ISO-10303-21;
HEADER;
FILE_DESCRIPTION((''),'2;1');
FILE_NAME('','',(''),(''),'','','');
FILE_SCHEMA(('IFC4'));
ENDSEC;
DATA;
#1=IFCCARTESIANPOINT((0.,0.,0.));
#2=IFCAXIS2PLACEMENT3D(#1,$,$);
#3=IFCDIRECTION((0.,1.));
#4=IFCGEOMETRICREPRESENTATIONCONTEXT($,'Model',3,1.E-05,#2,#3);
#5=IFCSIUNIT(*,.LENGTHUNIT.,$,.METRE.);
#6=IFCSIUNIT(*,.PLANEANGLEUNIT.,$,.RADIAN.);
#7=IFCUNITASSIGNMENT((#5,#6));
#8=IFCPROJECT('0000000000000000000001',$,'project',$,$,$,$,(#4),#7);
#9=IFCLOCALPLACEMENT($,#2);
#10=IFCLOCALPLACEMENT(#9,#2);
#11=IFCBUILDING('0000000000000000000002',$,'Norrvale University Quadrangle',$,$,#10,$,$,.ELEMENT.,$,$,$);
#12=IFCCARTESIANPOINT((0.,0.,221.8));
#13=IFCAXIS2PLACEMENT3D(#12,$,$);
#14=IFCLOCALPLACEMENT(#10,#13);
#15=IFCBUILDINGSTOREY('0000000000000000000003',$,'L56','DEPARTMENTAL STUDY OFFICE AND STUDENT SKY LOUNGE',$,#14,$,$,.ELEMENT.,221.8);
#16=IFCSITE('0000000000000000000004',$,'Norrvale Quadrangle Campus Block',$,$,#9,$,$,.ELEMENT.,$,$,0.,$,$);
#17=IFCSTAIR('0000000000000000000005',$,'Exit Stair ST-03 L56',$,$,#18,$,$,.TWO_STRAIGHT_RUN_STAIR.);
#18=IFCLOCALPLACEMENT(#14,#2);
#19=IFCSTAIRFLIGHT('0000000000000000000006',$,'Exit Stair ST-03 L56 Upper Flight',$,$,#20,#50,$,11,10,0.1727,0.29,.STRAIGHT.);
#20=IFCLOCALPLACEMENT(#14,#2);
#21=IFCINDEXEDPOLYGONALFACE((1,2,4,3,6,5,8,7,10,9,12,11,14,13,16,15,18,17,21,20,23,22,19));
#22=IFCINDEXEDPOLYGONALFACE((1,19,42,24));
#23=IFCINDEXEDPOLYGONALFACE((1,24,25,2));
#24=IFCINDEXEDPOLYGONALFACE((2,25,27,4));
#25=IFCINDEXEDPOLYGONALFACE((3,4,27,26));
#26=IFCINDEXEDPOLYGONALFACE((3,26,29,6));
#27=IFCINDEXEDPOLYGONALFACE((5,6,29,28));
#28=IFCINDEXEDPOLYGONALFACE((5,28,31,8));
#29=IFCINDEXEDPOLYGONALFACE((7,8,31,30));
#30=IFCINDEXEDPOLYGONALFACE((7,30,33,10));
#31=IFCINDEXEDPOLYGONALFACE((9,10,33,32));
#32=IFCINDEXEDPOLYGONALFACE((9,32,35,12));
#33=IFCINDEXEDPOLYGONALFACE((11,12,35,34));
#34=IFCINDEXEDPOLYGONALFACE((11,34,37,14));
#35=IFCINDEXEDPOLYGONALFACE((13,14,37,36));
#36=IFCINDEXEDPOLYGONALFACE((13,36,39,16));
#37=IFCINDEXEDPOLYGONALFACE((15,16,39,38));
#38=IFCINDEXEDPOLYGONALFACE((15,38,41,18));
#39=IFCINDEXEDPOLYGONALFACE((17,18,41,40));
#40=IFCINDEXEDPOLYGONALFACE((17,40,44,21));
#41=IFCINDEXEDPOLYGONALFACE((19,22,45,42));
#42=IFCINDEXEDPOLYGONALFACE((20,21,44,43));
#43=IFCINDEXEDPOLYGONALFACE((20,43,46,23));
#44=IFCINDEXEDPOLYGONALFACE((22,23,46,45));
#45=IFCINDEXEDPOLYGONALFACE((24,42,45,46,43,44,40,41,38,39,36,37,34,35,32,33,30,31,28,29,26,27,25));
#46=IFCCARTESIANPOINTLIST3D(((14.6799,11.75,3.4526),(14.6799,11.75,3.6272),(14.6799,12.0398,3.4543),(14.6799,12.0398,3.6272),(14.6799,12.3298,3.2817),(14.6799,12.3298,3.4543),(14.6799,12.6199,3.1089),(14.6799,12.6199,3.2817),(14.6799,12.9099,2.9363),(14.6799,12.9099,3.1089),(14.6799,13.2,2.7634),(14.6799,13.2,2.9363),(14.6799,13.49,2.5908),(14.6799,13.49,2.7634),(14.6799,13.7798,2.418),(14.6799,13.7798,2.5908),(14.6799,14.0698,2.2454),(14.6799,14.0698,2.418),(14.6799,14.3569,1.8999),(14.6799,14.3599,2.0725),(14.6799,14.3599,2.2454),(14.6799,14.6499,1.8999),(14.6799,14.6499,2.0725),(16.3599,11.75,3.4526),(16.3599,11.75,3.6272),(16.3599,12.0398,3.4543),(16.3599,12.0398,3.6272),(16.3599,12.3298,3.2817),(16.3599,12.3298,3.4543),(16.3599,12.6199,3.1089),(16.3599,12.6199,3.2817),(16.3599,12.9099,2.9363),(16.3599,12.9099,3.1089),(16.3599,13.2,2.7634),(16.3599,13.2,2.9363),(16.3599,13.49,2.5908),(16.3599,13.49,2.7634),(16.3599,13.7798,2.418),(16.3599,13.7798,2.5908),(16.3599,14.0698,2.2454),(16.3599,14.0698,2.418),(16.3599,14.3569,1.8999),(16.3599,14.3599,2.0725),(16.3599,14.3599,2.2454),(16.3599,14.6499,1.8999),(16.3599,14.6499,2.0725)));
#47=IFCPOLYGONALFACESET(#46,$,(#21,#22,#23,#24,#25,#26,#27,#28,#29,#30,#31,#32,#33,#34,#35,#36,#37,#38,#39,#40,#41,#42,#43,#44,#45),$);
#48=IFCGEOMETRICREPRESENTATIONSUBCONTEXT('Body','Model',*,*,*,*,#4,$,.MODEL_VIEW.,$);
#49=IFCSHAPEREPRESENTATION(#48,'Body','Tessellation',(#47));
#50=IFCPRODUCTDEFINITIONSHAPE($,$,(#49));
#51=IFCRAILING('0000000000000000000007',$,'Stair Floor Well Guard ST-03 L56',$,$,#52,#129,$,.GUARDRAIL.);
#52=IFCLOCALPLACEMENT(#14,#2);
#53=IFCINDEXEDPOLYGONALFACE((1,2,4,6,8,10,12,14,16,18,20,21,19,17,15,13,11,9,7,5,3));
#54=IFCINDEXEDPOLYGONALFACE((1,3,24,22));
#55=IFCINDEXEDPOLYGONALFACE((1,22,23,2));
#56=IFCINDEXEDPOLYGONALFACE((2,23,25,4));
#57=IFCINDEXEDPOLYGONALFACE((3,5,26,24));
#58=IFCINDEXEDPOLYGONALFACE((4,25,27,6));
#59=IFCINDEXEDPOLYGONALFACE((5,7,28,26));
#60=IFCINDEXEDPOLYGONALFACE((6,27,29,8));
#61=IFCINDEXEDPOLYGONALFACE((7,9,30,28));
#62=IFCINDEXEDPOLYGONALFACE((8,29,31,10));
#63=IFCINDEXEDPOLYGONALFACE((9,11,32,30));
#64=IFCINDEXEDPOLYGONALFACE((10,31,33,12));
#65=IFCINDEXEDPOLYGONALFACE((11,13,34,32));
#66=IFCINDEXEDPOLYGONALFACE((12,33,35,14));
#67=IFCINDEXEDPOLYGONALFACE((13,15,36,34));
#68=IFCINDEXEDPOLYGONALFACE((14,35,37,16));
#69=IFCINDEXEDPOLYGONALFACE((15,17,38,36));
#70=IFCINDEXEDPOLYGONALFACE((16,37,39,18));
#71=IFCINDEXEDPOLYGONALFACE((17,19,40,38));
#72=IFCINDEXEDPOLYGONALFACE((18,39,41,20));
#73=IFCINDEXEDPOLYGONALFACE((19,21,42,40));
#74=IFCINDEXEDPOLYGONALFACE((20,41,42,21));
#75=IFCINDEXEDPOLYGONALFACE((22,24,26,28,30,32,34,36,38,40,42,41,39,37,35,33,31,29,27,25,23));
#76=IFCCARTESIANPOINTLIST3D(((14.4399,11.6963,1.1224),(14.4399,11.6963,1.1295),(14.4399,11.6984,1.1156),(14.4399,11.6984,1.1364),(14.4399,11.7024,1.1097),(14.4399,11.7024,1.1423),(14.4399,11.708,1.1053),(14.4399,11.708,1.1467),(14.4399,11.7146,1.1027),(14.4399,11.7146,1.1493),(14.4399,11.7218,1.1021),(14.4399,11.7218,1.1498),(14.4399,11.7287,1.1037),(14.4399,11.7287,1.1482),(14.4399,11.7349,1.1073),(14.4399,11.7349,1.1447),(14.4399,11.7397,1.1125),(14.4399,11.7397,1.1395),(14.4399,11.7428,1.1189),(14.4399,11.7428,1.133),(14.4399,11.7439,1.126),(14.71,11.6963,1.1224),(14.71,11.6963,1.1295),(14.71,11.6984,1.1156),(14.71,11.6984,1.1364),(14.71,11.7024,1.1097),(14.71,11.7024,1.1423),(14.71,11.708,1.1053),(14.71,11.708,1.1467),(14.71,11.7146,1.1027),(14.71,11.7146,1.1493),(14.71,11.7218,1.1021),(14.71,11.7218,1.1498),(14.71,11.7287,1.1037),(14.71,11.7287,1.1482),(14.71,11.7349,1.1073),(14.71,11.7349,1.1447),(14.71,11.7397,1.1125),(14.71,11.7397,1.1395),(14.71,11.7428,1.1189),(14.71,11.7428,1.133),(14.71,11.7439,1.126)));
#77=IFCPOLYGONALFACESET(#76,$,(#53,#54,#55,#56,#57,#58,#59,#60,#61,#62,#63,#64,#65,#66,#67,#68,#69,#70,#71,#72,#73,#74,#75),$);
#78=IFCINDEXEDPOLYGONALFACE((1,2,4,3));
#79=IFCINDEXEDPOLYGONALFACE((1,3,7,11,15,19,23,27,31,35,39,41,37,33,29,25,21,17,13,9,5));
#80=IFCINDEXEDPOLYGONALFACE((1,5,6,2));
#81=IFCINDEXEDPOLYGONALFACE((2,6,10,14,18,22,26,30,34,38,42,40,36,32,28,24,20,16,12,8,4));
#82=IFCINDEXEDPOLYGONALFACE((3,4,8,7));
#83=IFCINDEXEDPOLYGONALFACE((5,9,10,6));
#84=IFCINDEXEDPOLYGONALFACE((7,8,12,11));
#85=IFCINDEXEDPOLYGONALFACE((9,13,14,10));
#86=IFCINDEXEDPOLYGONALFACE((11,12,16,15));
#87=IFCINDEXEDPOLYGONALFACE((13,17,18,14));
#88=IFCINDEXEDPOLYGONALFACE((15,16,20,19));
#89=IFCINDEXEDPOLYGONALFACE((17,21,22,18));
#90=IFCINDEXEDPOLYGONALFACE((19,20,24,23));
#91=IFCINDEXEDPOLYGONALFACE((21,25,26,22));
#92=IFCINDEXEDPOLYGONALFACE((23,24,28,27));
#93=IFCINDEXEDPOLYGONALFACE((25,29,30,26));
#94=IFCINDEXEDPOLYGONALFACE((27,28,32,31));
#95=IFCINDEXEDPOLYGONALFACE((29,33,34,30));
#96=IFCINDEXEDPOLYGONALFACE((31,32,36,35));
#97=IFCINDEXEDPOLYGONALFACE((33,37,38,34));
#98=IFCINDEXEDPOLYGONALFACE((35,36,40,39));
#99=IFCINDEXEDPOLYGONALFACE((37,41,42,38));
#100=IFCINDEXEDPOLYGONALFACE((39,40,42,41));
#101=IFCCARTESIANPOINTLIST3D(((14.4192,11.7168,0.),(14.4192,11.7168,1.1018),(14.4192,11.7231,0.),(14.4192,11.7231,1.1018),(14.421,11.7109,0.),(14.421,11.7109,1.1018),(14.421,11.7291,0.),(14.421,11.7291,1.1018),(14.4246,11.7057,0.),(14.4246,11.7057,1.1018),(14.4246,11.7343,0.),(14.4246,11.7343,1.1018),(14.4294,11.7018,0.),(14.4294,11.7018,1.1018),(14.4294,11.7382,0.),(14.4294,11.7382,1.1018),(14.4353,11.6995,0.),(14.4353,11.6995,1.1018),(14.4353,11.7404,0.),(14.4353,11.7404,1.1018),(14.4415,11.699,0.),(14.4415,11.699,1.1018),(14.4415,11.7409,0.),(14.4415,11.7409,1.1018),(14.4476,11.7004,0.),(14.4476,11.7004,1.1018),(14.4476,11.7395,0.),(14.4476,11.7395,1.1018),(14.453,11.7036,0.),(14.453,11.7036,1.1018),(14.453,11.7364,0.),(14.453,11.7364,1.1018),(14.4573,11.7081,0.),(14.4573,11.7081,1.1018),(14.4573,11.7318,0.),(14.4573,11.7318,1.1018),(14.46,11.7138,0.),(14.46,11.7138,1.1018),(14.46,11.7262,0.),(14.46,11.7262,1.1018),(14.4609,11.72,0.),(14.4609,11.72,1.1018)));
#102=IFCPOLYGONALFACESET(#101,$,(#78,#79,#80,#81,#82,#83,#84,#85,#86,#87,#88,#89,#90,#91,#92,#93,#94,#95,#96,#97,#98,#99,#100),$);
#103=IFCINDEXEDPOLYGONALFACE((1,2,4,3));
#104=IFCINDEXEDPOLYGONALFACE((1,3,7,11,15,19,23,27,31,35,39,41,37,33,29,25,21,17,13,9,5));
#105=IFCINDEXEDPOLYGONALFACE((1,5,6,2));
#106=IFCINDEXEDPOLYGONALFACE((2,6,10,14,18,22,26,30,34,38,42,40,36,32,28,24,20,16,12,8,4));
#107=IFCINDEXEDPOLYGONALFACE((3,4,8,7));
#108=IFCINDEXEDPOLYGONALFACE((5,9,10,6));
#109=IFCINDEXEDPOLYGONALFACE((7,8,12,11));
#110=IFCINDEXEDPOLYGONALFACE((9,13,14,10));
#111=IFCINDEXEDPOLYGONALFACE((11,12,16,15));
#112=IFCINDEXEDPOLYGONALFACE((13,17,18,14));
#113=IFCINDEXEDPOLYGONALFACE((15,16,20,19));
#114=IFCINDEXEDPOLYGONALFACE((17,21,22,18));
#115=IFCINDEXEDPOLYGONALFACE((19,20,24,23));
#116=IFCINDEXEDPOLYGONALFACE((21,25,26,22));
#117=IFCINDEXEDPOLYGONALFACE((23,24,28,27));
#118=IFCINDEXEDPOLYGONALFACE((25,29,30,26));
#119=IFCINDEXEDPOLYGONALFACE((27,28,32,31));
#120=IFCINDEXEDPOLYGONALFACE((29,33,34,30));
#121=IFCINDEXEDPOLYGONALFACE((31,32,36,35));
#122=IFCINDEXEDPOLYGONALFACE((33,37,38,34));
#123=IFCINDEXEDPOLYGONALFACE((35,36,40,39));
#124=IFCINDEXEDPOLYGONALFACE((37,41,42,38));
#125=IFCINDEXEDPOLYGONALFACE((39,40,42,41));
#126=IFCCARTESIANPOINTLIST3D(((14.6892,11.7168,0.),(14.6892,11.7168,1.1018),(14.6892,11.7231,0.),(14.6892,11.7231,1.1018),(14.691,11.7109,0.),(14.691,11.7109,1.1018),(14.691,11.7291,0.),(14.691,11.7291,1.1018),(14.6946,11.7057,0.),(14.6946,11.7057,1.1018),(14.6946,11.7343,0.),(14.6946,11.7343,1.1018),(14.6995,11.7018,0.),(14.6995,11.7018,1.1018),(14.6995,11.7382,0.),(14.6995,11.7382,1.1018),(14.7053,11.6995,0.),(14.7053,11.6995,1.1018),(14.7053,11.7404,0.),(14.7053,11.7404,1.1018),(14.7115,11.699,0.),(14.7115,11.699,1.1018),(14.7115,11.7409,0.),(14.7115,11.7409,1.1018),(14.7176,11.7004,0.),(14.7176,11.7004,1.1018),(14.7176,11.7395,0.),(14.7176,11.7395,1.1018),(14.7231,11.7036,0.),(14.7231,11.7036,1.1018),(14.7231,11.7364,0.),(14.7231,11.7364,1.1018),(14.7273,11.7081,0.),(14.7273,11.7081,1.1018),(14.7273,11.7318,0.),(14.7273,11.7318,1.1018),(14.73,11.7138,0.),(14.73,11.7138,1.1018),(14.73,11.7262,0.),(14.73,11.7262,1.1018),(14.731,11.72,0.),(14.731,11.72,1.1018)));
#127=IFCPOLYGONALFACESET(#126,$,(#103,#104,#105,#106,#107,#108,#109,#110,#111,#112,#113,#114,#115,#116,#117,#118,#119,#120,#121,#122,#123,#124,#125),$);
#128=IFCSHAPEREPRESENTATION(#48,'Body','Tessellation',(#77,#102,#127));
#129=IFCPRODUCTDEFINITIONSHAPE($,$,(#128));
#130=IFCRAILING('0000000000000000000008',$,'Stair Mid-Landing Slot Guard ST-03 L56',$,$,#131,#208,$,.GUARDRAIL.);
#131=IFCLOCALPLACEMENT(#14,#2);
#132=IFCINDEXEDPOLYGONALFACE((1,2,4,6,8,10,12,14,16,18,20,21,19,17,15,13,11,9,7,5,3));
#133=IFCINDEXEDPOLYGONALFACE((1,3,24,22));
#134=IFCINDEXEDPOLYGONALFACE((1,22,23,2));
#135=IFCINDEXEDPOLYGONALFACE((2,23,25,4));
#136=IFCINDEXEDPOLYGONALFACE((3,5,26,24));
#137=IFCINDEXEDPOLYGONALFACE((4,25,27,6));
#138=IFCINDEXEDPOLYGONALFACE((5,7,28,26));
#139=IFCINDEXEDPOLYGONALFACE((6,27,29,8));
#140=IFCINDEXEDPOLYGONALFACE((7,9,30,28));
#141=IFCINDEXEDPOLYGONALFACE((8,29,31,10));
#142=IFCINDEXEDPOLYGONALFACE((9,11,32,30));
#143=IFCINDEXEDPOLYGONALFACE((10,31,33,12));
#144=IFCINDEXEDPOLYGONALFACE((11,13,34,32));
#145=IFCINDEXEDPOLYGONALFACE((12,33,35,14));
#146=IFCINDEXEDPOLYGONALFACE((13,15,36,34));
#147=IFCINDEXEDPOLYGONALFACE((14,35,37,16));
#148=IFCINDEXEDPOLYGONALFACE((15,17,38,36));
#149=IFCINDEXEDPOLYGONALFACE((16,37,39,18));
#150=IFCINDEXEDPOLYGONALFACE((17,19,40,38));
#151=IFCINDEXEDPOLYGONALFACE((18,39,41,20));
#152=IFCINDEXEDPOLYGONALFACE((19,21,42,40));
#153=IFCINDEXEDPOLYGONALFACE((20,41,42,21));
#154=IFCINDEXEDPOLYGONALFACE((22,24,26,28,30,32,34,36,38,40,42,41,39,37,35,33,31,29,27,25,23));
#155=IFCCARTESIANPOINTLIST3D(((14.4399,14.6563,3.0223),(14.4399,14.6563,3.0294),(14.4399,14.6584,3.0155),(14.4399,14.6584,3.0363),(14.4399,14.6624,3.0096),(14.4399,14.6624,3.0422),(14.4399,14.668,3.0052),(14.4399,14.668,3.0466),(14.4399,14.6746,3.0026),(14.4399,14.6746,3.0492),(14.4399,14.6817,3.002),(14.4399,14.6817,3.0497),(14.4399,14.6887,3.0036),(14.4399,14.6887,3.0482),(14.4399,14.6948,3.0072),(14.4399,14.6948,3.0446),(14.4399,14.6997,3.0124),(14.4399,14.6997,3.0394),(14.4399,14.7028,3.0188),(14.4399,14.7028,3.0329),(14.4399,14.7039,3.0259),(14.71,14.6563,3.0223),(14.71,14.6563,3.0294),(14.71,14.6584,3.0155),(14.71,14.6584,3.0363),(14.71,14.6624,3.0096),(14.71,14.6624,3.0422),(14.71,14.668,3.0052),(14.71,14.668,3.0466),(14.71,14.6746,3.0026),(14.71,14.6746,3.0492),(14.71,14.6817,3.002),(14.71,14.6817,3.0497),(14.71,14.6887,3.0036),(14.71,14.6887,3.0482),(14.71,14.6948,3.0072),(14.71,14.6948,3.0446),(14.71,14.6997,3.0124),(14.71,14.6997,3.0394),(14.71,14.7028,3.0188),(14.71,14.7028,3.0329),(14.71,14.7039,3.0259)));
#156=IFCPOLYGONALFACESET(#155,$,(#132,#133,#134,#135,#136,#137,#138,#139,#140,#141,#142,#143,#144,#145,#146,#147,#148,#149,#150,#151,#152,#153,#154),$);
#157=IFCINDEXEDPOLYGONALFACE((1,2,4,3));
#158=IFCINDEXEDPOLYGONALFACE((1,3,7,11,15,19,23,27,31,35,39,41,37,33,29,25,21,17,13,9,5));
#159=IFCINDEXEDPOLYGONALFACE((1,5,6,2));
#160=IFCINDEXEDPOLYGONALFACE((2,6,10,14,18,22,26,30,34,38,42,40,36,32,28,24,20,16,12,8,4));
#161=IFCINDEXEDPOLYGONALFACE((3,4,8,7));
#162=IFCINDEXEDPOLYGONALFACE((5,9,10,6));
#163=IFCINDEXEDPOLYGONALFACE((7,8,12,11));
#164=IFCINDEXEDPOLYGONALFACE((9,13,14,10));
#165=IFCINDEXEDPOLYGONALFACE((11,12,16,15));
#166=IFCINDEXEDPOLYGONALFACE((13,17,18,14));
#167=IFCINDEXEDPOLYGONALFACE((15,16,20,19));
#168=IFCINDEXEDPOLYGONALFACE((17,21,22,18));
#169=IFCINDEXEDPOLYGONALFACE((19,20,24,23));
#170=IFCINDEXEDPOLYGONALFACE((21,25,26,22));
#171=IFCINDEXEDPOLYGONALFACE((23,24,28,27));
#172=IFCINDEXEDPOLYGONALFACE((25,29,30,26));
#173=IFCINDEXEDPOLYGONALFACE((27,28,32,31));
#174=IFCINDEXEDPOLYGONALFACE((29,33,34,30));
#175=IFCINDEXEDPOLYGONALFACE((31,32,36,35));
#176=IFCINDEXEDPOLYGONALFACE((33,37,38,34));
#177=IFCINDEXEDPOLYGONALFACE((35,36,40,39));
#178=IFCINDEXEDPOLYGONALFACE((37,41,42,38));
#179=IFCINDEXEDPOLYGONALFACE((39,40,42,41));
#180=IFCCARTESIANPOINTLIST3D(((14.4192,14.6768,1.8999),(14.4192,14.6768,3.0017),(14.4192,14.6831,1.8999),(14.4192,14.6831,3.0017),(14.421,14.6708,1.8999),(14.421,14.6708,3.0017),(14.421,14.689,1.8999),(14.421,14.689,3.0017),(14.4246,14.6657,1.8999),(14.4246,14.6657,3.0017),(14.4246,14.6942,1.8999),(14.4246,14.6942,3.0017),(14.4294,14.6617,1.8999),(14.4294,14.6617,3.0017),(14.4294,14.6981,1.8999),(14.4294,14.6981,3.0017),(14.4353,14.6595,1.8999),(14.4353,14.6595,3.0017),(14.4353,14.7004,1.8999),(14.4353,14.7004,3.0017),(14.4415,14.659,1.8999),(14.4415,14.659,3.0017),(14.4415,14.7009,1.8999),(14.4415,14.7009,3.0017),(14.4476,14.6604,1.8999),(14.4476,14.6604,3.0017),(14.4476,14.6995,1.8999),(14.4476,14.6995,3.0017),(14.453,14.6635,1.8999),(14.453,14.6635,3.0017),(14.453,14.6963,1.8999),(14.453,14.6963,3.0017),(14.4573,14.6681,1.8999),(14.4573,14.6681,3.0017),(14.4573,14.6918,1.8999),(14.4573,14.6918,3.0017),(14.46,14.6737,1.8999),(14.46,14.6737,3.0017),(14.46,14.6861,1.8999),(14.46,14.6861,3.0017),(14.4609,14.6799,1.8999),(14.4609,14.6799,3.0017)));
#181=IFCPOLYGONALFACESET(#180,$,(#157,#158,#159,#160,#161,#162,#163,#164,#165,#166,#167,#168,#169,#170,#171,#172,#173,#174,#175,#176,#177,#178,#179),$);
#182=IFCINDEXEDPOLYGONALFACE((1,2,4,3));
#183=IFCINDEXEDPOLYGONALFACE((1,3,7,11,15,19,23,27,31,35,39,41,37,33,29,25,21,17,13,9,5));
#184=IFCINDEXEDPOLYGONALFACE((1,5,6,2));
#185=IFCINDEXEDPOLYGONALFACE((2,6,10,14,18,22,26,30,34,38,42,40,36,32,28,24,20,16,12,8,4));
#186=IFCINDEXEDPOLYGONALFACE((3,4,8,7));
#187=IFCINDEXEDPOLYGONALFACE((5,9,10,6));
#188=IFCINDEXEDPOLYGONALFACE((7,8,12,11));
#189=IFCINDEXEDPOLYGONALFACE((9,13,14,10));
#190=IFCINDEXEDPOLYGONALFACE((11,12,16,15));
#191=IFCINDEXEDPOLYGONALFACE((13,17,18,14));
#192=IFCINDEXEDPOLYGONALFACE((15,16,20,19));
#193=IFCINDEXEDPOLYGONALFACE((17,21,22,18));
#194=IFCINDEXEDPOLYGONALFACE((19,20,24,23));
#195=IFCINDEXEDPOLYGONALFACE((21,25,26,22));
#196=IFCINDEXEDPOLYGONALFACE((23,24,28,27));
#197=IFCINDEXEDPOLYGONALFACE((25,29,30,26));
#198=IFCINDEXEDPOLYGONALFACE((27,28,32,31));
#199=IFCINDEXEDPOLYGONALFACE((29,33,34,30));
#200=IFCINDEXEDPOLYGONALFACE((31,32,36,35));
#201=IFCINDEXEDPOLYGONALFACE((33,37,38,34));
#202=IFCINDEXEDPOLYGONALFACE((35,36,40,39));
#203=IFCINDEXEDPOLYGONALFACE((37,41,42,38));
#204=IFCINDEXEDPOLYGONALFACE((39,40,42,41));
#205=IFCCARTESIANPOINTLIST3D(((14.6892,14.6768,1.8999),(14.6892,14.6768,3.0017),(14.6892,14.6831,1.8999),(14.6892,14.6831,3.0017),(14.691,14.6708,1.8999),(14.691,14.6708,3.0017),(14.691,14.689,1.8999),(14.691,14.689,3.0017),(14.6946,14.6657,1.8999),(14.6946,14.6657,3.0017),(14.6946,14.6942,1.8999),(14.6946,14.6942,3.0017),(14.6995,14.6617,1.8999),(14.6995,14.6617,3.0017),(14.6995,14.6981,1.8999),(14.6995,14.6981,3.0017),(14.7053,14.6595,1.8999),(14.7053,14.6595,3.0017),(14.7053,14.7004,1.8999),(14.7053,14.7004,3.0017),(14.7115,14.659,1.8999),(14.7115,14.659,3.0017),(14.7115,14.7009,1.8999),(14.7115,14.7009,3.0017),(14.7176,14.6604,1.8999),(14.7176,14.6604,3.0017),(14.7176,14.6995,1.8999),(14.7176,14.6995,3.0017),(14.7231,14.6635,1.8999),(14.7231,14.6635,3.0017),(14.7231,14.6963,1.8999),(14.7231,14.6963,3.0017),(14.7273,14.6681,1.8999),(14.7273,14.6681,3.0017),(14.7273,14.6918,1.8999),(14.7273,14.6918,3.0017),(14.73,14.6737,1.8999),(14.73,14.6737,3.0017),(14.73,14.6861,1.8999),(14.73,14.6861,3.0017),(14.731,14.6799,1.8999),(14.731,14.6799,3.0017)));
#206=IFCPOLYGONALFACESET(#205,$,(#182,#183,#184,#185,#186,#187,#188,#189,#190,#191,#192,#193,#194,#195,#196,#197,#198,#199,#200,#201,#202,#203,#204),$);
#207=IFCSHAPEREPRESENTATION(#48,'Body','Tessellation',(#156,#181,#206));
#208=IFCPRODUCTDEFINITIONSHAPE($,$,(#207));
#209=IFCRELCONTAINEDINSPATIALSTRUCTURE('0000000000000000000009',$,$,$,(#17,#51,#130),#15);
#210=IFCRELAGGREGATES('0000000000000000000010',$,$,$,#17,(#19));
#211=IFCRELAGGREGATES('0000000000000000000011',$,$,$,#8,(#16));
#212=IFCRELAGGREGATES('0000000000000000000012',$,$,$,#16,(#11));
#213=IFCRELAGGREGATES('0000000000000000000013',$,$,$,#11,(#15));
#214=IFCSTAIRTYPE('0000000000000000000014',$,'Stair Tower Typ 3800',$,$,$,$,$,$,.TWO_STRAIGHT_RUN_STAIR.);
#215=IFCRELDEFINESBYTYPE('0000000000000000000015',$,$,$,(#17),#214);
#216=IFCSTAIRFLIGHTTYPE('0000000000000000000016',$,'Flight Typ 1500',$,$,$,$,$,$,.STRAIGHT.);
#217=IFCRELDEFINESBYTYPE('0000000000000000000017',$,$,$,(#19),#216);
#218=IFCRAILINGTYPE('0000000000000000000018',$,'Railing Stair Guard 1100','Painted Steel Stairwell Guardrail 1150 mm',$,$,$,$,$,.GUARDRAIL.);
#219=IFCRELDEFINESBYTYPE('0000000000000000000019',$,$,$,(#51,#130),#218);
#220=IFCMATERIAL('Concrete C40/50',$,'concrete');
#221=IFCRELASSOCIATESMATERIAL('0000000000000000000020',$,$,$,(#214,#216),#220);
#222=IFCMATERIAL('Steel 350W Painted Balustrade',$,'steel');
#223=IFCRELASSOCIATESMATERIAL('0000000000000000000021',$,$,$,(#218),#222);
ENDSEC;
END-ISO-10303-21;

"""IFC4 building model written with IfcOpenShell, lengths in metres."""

from ifc_helpers import new_model, si_unit, direction, frame, origin, origin_2d, place, context, subcontext, project, spatial, polyline, circle, outline, extrude, material, type_object, element, aggregate, save


model = new_model("IFC4")

# Units and contexts
model_context = context("Model", 3, precision=1e-05, world=origin(), true_north=direction((0.0, 1.0)))
body_context = subcontext(model_context, "Body", "Model", "MODEL_VIEW")
ifc_project = project(units=[si_unit("LENGTHUNIT", "METRE"), si_unit("PLANEANGLEUNIT", "RADIAN")], contexts=[model_context])

# Site, building, storey
site_placement = place(None, origin())
site = spatial("IfcSite", under=ifc_project, at=site_placement, Name="Norrvale Quadrangle Campus Block", CompositionType="ELEMENT", RefElevation=0.0)
building_placement = place(site_placement, origin())
building = spatial("IfcBuilding", under=site, at=building_placement, Name="Norrvale University Quadrangle", CompositionType="ELEMENT")
storey_placement = place(building_placement, frame((0.0, 0.0, 221.8)))
storey = spatial("IfcBuildingStorey", under=building, at=storey_placement, Name="L56", Description="DEPARTMENTAL STUDY OFFICE AND STUDENT SKY LOUNGE", CompositionType="ELEMENT", Elevation=221.8)

# Stair, stair flight
ifc_material_1 = material(Name="Concrete C40/50", Category="concrete")
stair_type = type_object("IfcStairType", Name="Stair Tower Typ 3800", PredefinedType="TWO_STRAIGHT_RUN_STAIR", material=ifc_material_1)
stair_placement = place(storey_placement, origin())
stair = element("IfcStair", 1, at=stair_placement, inside=storey, type_object=stair_type, Name="Exit Stair ST-03 L56", PredefinedType="TWO_STRAIGHT_RUN_STAIR")
stair_flight_type = type_object("IfcStairFlightType", Name="Flight Typ 1500", PredefinedType="STRAIGHT", material=ifc_material_1)
stair_flight_1_placement = place(storey_placement, frame((15.52, 14.6499, 1.8999), z_axis=(0.0, 0.0, 1.0), x_axis=(0.0, -1.0, 0.0)))
stair_flight_1 = element("IfcStairFlight", 2, at=stair_flight_1_placement, type_object=stair_flight_type, Name="Exit Stair ST-03 L56 Upper Flight", NumberOfRisers=11, NumberOfTreads=10, PredefinedType="STRAIGHT", RiserHeight=0.1727, TreadLength=0.29, context=body_context, shape_type="SweptSolid", body=[
    extrude(outline(polyline([(0.0, 0.0), (0.0, 0.1726), (0.29, 0.1726), (0.29, 0.3455), (0.5801, 0.3455), (0.5801, 0.5181), (0.8701, 0.5181), (0.8701, 0.6909), (1.1599, 0.6909), (1.1599, 0.8635), (1.45, 0.8635), (1.45, 1.0364), (1.74, 1.0364), (1.74, 1.209), (2.03, 1.209), (2.03, 1.3818), (2.3201, 1.3818), (2.3201, 1.5544), (2.6101, 1.5544), (2.6101, 1.7273), (2.8999, 1.7273), (2.8999, 1.8999), (2.8999, 1.5527), (0.293, 0.0), (0.0, 0.0)])), frame((0.0, 0.8398, 0.0), z_axis=(0.0, -1.0, 0.0), x_axis=(1.0, 0.0, 0.0)), (0.0, 0.0, 1.0), 1.6799),
])
aggregate(stair, [stair_flight_1])

# Railings
ifc_material_2 = material(Name="Steel 350W Painted Balustrade", Category="steel")
railing_type_1 = type_object("IfcRailingType", Name="Railing Stair Guard 1100", Description="Painted Steel Stairwell Guardrail 1150 mm", PredefinedType="GUARDRAIL", material=ifc_material_2)
for number, where, name in (
    (3, (14.4399, 11.72, 0.0), "Stair Floor Well Guard ST-03 L56"),
    (4, (14.4399, 14.6799, 1.8999), "Stair Mid-Landing Slot Guard ST-03 L56"),
):
    element("IfcRailing", number, at=place(storey_placement, frame(where)), inside=storey, type_object=railing_type_1, Name=name, PredefinedType="GUARDRAIL", context=body_context, shape_type="SweptSolid", body=[
        extrude(circle(Radius=0.0239, at=origin_2d()), frame((0.0, 0.0, 1.126), z_axis=(1.0, 0.0, 0.0), x_axis=(0.0, 1.0, 0.0)), (0.0, 0.0, 1.0), 0.27),
        extrude(circle(Radius=0.021, at=origin_2d()), origin(), (0.0, 0.0, 1.0), 1.1018),
        extrude(circle(Radius=0.021, at=origin_2d()), frame((0.27, 0.0, 0.0)), (0.0, 0.0, 1.0), 1.1018),
    ])

save(model, "model.ifc")
